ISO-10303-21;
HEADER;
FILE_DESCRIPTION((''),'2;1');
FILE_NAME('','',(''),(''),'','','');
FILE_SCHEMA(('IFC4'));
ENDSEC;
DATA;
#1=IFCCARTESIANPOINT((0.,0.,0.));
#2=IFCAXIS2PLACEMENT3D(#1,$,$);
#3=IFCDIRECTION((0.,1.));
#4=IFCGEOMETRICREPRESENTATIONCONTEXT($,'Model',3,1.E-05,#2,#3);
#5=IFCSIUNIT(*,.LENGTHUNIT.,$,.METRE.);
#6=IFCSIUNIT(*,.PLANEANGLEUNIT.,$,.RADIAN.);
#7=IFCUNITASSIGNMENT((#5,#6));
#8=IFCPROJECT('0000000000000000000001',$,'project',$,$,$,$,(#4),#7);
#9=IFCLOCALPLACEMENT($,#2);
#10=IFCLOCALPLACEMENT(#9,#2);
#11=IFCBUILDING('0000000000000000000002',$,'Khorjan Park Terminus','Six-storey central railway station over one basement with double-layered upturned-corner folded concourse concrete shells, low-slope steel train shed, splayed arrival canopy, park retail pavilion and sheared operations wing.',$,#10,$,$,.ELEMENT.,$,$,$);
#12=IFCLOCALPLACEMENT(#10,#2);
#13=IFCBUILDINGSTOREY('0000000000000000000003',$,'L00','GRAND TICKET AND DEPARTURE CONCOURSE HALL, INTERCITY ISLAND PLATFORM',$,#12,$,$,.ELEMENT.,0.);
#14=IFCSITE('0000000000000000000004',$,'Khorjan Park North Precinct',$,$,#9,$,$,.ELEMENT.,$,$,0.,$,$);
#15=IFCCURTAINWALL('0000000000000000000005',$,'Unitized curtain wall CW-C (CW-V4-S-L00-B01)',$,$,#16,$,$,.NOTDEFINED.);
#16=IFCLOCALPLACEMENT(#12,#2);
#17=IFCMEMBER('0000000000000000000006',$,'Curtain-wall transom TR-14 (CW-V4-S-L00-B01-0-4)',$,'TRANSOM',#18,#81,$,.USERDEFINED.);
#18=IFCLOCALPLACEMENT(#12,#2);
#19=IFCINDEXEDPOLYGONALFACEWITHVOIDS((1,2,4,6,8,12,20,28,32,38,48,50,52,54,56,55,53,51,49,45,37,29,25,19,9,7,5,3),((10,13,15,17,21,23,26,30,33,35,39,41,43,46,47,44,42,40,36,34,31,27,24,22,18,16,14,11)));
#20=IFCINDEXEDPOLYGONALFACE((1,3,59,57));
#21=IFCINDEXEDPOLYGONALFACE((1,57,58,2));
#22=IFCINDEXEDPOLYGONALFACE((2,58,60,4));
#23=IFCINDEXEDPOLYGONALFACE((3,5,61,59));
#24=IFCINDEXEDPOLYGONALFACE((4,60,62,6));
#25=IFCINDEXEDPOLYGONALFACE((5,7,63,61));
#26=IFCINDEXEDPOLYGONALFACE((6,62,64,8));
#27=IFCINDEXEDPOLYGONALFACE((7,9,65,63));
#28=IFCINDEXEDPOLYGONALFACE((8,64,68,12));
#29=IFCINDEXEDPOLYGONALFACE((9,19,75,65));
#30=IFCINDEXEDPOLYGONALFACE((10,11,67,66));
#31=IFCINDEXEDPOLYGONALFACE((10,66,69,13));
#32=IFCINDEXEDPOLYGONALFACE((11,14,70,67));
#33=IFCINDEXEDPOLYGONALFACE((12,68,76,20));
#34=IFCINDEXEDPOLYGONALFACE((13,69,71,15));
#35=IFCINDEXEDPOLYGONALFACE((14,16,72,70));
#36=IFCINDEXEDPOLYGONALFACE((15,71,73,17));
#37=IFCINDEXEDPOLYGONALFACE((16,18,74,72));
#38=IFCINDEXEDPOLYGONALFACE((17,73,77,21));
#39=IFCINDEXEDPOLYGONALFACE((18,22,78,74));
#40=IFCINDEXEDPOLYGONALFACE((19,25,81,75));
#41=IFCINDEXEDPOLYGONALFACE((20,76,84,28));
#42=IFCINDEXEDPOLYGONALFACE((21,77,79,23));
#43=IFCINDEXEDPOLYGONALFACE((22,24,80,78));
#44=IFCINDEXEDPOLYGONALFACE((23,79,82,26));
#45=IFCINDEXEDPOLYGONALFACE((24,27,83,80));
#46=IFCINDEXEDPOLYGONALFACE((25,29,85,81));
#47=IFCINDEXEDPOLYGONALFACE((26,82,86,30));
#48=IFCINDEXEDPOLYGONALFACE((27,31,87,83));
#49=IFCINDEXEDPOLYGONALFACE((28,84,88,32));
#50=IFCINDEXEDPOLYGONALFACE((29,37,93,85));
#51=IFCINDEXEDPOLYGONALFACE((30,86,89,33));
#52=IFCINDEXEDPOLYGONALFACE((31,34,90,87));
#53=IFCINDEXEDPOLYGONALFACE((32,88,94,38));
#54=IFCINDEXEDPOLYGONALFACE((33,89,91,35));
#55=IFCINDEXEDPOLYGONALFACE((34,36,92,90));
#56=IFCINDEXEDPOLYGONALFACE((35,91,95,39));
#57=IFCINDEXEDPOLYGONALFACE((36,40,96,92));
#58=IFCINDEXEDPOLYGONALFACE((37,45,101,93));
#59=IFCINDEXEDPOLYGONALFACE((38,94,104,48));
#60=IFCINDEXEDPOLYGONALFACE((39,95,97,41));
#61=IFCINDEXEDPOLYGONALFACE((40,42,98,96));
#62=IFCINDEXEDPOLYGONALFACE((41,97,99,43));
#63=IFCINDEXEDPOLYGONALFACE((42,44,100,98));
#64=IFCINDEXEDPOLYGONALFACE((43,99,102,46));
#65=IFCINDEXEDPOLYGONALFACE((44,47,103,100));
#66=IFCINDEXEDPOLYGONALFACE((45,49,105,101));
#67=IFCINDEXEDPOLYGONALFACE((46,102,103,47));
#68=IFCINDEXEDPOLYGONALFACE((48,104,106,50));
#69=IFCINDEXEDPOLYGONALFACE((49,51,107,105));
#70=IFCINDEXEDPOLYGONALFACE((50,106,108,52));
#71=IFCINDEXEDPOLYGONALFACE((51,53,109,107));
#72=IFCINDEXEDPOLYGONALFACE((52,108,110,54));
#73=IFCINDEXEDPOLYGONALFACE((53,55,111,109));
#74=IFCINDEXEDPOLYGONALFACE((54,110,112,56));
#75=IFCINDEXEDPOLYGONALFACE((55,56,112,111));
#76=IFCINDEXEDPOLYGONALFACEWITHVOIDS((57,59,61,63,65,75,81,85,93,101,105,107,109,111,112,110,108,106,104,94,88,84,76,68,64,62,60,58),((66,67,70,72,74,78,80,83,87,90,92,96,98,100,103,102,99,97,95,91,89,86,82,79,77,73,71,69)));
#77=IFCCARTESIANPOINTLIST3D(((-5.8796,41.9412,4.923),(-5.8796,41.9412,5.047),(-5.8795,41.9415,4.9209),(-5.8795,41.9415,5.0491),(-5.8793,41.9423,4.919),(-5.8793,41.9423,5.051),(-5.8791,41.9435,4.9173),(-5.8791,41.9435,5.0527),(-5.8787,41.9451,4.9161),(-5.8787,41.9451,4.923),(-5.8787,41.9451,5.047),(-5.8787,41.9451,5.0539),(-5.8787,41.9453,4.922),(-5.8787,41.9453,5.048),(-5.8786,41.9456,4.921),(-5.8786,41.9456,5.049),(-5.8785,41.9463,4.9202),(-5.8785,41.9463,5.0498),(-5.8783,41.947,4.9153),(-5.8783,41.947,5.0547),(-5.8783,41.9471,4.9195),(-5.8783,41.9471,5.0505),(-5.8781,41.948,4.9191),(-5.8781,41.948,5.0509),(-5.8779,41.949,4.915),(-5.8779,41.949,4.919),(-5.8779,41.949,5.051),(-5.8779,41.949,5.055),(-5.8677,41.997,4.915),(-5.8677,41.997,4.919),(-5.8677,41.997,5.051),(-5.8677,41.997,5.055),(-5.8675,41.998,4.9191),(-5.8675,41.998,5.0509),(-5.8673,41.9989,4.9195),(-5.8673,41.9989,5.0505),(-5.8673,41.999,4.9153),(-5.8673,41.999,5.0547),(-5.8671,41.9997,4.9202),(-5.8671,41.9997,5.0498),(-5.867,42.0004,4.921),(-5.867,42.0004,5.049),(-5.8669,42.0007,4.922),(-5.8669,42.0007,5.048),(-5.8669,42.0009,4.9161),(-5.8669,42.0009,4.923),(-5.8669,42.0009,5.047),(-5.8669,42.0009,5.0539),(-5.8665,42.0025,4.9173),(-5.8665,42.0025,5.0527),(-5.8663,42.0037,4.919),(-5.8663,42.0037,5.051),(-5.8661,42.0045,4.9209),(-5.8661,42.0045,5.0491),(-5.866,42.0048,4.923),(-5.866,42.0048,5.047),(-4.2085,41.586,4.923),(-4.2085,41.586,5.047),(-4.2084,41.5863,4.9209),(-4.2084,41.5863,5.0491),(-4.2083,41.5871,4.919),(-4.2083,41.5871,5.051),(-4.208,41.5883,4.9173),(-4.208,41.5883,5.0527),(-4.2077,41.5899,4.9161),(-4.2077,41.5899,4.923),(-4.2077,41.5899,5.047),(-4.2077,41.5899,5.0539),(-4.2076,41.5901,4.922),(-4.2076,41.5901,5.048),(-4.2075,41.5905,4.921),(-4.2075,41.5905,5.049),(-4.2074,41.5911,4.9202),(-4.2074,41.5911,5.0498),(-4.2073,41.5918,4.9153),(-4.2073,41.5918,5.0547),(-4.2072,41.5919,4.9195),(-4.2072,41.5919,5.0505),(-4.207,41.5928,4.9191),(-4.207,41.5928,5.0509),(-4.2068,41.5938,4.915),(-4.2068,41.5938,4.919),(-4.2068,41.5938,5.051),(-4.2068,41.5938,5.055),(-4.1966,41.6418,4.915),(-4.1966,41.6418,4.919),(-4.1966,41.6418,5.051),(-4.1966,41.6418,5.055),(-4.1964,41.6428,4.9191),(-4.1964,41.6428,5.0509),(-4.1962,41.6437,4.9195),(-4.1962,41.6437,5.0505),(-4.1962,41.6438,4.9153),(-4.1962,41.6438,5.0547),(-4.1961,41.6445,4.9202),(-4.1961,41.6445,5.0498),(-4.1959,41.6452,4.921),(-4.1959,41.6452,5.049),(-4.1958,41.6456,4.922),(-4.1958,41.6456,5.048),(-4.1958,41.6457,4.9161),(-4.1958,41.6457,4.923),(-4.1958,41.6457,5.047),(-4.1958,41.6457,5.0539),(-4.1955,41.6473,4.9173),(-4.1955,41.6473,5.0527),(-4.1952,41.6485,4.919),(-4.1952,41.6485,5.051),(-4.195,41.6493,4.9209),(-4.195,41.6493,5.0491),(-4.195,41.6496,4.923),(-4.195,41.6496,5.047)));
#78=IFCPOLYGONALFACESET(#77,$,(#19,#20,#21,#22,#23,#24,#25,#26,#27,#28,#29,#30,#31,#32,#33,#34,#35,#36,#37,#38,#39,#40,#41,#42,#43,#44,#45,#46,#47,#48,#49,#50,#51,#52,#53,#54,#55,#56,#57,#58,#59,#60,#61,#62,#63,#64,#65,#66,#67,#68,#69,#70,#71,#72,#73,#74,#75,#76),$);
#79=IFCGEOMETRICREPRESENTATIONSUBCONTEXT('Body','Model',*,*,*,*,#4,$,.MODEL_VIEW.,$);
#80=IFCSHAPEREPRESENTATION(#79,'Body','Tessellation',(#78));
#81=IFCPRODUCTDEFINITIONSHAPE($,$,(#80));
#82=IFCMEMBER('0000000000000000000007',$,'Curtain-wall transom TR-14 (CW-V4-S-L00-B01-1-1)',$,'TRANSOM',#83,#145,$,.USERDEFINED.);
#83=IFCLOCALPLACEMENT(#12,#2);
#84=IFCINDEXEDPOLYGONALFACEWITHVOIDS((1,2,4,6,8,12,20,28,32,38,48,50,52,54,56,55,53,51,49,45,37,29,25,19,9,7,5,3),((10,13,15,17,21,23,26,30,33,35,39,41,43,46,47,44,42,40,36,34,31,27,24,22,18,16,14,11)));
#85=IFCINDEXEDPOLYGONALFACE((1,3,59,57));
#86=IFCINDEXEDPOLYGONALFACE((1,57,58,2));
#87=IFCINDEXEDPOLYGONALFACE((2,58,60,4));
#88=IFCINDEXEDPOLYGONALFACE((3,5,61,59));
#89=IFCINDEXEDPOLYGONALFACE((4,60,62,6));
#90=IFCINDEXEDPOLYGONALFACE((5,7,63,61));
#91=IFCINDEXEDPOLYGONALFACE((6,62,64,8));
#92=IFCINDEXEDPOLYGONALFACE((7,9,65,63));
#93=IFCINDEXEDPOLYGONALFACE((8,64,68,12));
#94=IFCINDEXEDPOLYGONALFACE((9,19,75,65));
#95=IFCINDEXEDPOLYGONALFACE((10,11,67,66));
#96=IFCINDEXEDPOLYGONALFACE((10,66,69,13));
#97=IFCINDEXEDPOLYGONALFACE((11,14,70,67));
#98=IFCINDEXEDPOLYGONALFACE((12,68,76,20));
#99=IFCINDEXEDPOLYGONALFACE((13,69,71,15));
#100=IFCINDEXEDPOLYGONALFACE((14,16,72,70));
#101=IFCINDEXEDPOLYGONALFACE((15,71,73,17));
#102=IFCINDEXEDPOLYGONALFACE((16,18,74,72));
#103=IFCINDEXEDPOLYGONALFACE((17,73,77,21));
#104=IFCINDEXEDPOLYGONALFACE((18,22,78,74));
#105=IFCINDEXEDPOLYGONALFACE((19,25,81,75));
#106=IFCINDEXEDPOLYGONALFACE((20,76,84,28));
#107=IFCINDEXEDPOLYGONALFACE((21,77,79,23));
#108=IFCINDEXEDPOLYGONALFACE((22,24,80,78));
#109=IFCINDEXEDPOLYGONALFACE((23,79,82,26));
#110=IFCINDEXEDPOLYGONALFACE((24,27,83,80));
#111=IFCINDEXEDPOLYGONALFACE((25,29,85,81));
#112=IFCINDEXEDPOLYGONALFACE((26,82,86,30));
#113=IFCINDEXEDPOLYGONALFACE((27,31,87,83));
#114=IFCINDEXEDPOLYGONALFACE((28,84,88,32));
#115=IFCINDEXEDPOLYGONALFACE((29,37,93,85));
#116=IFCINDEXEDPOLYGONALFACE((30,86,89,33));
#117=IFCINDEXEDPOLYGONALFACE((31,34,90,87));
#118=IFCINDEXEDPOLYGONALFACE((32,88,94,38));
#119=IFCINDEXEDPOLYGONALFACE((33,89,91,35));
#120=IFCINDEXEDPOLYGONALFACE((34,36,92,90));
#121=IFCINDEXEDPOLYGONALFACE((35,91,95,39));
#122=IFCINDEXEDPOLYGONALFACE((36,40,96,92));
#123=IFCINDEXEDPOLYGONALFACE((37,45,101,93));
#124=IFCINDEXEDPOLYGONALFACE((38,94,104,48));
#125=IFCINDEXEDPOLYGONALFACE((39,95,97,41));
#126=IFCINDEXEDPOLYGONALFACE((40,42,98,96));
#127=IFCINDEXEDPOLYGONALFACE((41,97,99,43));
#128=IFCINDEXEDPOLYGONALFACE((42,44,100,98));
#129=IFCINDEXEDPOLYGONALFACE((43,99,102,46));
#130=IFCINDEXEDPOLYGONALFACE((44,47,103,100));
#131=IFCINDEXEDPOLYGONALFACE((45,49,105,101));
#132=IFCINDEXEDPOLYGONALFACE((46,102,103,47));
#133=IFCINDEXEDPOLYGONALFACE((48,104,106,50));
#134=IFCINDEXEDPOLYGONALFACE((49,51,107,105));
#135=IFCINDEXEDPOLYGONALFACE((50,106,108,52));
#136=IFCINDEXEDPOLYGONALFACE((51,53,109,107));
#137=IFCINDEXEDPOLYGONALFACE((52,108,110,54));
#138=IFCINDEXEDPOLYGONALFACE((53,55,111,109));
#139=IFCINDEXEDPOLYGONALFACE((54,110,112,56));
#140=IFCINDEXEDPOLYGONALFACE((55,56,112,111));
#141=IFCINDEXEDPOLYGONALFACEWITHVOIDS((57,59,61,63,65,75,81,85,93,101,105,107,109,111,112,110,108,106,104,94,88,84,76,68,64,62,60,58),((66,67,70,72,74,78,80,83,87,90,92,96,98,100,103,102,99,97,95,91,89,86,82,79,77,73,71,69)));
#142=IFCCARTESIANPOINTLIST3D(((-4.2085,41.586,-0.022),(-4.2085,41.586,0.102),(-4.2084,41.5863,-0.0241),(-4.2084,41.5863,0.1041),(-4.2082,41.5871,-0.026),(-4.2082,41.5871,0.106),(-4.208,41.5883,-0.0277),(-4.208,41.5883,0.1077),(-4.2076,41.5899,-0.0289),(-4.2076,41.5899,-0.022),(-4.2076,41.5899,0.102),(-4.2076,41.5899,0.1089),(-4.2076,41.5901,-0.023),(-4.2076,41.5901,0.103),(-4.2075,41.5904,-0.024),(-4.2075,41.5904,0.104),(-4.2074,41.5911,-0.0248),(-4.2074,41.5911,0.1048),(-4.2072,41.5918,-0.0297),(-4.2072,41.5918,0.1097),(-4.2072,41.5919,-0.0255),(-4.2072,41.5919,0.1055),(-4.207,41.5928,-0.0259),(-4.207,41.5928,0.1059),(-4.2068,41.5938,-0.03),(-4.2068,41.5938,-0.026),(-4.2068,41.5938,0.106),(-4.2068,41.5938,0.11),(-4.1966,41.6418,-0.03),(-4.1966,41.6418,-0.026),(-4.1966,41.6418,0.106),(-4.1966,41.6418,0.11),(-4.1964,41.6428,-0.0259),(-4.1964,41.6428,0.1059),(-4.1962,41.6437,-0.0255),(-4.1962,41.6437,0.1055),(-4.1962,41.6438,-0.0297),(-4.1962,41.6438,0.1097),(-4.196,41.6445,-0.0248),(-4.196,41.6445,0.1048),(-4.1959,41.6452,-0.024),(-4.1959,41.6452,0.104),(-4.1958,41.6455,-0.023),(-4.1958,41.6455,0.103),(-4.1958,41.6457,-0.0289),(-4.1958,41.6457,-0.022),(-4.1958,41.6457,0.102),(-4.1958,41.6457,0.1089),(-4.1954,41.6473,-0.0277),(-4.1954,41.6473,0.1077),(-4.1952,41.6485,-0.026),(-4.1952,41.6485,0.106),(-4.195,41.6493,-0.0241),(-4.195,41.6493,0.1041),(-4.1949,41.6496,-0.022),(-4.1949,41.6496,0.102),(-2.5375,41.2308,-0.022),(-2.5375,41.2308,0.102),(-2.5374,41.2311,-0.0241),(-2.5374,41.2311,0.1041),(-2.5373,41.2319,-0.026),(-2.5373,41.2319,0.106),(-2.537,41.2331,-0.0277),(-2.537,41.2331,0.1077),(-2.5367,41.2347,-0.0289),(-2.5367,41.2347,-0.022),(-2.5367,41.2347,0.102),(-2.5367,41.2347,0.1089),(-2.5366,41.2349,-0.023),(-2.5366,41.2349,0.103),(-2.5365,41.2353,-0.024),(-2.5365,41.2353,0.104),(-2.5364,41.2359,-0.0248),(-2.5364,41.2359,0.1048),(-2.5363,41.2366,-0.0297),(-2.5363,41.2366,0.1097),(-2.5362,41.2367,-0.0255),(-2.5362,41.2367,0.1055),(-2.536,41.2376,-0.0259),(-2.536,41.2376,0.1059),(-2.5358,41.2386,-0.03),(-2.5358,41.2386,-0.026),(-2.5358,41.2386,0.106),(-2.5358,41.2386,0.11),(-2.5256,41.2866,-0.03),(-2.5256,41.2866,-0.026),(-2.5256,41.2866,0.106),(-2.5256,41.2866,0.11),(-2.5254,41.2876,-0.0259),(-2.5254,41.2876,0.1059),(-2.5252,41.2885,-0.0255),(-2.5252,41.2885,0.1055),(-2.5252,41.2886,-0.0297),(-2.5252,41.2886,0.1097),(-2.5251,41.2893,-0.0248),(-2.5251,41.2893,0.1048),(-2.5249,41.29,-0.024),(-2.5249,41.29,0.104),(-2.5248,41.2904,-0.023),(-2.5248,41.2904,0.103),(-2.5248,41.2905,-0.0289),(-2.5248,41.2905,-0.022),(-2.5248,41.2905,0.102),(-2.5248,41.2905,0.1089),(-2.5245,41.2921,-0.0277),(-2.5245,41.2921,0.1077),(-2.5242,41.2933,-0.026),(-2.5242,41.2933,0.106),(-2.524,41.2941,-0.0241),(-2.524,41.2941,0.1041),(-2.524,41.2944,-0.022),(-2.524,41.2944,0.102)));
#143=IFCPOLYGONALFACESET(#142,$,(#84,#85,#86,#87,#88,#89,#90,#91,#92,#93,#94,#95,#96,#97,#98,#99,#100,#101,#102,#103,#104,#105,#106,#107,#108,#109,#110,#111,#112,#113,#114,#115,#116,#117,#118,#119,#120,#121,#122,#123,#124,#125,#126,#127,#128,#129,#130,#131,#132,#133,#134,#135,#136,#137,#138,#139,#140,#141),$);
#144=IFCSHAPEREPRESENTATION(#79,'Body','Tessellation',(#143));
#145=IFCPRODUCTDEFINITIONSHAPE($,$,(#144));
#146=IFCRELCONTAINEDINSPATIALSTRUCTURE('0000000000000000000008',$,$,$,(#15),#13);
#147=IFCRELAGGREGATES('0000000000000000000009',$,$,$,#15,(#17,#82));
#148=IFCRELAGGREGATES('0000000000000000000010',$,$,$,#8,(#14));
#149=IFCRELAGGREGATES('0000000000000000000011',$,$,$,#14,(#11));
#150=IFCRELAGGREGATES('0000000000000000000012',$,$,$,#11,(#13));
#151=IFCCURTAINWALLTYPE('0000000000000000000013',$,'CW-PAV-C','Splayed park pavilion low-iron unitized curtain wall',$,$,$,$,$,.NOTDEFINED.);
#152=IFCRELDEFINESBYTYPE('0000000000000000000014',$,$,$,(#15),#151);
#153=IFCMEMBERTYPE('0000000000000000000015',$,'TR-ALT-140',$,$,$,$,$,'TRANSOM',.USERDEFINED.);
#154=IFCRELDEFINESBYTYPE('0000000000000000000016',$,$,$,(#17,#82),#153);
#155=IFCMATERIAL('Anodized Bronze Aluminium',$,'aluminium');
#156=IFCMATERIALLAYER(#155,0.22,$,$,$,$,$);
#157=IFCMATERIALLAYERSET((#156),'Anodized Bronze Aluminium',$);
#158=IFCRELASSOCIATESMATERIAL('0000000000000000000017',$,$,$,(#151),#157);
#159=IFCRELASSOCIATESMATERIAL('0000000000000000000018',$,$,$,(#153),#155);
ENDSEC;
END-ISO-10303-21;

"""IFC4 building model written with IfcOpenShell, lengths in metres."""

from ifc_helpers import new_model, si_unit, direction, frame, origin, origin_2d, place, context, subcontext, project, spatial, hollow_rectangle, extrude, material, layer, layer_set, material_profile, profile_set, type_object, element, aggregate, save


model = new_model("IFC4")

# Units and contexts
model_context = context("Model", 3, precision=1e-05, world=origin(), true_north=direction((0.0, 1.0)))
body_context = subcontext(model_context, "Body", "Model", "MODEL_VIEW")
ifc_project = project(units=[si_unit("LENGTHUNIT", "METRE"), si_unit("PLANEANGLEUNIT", "RADIAN")], contexts=[model_context])

# Site, building, storey
site_placement = place(None, origin())
site = spatial("IfcSite", under=ifc_project, at=site_placement, Name="Khorjan Park North Precinct", CompositionType="ELEMENT", RefElevation=0.0)
building_placement = place(site_placement, origin())
building = spatial("IfcBuilding", under=site, at=building_placement, Name="Khorjan Park Terminus", Description="Six-storey central railway station over one basement with double-layered upturned-corner folded concourse concrete shells, low-slope steel train shed, splayed arrival canopy, park retail pavilion and sheared operations wing.", CompositionType="ELEMENT")
storey_placement = place(building_placement, origin())
storey = spatial("IfcBuildingStorey", under=building, at=storey_placement, Name="L00", Description="GRAND TICKET AND DEPARTURE CONCOURSE HALL, INTERCITY ISLAND PLATFORM", CompositionType="ELEMENT", Elevation=0.0)

# Curtain wall, members
ifc_material_1 = material(Name="Anodized Bronze Aluminium", Category="aluminium")
ifc_layer_1 = layer(ifc_material_1, 0.22)
ifc_layer_set_1 = layer_set([ifc_layer_1], Name="Anodized Bronze Aluminium")
curtain_wall_type = type_object("IfcCurtainWallType", Name="CW-PAV-C", Description="Splayed park pavilion low-iron unitized curtain wall", PredefinedType="NOTDEFINED", material=ifc_layer_set_1)
curtain_wall_placement = place(storey_placement, origin())
curtain_wall = element("IfcCurtainWall", 1, at=curtain_wall_placement, inside=storey, type_object=curtain_wall_type, Name="Unitized curtain wall CW-C (CW-V4-S-L00-B01)", PredefinedType="NOTDEFINED")
ifc_material_profile_1 = material_profile(ifc_material_1, hollow_rectangle(XDim=0.065, YDim=0.14, WallThickness=0.004, InnerFilletRadius=0.004, OuterFilletRadius=0.008, at=origin_2d()), Name="ALT 65x140x4")
ifc_profile_set_1 = profile_set([ifc_material_profile_1], Name="Anodized Bronze Aluminium")
member_type_1 = type_object("IfcMemberType", Name="TR-ALT-140", ElementType="TRANSOM", PredefinedType="USERDEFINED", material=ifc_profile_set_1)
member_1_placement = place(storey_placement, frame((-5.8728, 41.973, 4.985), z_axis=(0.978148, -0.20791, 0.0), x_axis=(0.20791, 0.978148, 0.0)))
member_1 = element("IfcMember", 2, at=member_1_placement, type_object=member_type_1, Name="Curtain-wall transom TR-14 (CW-V4-S-L00-B01-0-4)", ObjectType="TRANSOM", PredefinedType="USERDEFINED", context=body_context, shape_type="SweptSolid", body=[
    extrude(hollow_rectangle(XDim=0.065, YDim=0.14, WallThickness=0.004, InnerFilletRadius=0.004, OuterFilletRadius=0.008, at=origin_2d()), origin(), (0.0, 0.0, 1.0), 1.7084),
])
member_2_placement = place(storey_placement, frame((-4.2017, 41.6178, 0.04), z_axis=(0.978145, -0.207922, 0.0), x_axis=(0.207922, 0.978145, 0.0)))
member_2 = element("IfcMember", 3, at=member_2_placement, type_object=member_type_1, Name="Curtain-wall transom TR-14 (CW-V4-S-L00-B01-1-1)", ObjectType="TRANSOM", PredefinedType="USERDEFINED", context=body_context, shape_type="SweptSolid", body=[
    extrude(hollow_rectangle(XDim=0.065, YDim=0.14, WallThickness=0.004, InnerFilletRadius=0.004, OuterFilletRadius=0.008, at=origin_2d()), origin(), (0.0, 0.0, 1.0), 1.7083),
])
aggregate(curtain_wall, [member_1, member_2])

save(model, "model.ifc")
